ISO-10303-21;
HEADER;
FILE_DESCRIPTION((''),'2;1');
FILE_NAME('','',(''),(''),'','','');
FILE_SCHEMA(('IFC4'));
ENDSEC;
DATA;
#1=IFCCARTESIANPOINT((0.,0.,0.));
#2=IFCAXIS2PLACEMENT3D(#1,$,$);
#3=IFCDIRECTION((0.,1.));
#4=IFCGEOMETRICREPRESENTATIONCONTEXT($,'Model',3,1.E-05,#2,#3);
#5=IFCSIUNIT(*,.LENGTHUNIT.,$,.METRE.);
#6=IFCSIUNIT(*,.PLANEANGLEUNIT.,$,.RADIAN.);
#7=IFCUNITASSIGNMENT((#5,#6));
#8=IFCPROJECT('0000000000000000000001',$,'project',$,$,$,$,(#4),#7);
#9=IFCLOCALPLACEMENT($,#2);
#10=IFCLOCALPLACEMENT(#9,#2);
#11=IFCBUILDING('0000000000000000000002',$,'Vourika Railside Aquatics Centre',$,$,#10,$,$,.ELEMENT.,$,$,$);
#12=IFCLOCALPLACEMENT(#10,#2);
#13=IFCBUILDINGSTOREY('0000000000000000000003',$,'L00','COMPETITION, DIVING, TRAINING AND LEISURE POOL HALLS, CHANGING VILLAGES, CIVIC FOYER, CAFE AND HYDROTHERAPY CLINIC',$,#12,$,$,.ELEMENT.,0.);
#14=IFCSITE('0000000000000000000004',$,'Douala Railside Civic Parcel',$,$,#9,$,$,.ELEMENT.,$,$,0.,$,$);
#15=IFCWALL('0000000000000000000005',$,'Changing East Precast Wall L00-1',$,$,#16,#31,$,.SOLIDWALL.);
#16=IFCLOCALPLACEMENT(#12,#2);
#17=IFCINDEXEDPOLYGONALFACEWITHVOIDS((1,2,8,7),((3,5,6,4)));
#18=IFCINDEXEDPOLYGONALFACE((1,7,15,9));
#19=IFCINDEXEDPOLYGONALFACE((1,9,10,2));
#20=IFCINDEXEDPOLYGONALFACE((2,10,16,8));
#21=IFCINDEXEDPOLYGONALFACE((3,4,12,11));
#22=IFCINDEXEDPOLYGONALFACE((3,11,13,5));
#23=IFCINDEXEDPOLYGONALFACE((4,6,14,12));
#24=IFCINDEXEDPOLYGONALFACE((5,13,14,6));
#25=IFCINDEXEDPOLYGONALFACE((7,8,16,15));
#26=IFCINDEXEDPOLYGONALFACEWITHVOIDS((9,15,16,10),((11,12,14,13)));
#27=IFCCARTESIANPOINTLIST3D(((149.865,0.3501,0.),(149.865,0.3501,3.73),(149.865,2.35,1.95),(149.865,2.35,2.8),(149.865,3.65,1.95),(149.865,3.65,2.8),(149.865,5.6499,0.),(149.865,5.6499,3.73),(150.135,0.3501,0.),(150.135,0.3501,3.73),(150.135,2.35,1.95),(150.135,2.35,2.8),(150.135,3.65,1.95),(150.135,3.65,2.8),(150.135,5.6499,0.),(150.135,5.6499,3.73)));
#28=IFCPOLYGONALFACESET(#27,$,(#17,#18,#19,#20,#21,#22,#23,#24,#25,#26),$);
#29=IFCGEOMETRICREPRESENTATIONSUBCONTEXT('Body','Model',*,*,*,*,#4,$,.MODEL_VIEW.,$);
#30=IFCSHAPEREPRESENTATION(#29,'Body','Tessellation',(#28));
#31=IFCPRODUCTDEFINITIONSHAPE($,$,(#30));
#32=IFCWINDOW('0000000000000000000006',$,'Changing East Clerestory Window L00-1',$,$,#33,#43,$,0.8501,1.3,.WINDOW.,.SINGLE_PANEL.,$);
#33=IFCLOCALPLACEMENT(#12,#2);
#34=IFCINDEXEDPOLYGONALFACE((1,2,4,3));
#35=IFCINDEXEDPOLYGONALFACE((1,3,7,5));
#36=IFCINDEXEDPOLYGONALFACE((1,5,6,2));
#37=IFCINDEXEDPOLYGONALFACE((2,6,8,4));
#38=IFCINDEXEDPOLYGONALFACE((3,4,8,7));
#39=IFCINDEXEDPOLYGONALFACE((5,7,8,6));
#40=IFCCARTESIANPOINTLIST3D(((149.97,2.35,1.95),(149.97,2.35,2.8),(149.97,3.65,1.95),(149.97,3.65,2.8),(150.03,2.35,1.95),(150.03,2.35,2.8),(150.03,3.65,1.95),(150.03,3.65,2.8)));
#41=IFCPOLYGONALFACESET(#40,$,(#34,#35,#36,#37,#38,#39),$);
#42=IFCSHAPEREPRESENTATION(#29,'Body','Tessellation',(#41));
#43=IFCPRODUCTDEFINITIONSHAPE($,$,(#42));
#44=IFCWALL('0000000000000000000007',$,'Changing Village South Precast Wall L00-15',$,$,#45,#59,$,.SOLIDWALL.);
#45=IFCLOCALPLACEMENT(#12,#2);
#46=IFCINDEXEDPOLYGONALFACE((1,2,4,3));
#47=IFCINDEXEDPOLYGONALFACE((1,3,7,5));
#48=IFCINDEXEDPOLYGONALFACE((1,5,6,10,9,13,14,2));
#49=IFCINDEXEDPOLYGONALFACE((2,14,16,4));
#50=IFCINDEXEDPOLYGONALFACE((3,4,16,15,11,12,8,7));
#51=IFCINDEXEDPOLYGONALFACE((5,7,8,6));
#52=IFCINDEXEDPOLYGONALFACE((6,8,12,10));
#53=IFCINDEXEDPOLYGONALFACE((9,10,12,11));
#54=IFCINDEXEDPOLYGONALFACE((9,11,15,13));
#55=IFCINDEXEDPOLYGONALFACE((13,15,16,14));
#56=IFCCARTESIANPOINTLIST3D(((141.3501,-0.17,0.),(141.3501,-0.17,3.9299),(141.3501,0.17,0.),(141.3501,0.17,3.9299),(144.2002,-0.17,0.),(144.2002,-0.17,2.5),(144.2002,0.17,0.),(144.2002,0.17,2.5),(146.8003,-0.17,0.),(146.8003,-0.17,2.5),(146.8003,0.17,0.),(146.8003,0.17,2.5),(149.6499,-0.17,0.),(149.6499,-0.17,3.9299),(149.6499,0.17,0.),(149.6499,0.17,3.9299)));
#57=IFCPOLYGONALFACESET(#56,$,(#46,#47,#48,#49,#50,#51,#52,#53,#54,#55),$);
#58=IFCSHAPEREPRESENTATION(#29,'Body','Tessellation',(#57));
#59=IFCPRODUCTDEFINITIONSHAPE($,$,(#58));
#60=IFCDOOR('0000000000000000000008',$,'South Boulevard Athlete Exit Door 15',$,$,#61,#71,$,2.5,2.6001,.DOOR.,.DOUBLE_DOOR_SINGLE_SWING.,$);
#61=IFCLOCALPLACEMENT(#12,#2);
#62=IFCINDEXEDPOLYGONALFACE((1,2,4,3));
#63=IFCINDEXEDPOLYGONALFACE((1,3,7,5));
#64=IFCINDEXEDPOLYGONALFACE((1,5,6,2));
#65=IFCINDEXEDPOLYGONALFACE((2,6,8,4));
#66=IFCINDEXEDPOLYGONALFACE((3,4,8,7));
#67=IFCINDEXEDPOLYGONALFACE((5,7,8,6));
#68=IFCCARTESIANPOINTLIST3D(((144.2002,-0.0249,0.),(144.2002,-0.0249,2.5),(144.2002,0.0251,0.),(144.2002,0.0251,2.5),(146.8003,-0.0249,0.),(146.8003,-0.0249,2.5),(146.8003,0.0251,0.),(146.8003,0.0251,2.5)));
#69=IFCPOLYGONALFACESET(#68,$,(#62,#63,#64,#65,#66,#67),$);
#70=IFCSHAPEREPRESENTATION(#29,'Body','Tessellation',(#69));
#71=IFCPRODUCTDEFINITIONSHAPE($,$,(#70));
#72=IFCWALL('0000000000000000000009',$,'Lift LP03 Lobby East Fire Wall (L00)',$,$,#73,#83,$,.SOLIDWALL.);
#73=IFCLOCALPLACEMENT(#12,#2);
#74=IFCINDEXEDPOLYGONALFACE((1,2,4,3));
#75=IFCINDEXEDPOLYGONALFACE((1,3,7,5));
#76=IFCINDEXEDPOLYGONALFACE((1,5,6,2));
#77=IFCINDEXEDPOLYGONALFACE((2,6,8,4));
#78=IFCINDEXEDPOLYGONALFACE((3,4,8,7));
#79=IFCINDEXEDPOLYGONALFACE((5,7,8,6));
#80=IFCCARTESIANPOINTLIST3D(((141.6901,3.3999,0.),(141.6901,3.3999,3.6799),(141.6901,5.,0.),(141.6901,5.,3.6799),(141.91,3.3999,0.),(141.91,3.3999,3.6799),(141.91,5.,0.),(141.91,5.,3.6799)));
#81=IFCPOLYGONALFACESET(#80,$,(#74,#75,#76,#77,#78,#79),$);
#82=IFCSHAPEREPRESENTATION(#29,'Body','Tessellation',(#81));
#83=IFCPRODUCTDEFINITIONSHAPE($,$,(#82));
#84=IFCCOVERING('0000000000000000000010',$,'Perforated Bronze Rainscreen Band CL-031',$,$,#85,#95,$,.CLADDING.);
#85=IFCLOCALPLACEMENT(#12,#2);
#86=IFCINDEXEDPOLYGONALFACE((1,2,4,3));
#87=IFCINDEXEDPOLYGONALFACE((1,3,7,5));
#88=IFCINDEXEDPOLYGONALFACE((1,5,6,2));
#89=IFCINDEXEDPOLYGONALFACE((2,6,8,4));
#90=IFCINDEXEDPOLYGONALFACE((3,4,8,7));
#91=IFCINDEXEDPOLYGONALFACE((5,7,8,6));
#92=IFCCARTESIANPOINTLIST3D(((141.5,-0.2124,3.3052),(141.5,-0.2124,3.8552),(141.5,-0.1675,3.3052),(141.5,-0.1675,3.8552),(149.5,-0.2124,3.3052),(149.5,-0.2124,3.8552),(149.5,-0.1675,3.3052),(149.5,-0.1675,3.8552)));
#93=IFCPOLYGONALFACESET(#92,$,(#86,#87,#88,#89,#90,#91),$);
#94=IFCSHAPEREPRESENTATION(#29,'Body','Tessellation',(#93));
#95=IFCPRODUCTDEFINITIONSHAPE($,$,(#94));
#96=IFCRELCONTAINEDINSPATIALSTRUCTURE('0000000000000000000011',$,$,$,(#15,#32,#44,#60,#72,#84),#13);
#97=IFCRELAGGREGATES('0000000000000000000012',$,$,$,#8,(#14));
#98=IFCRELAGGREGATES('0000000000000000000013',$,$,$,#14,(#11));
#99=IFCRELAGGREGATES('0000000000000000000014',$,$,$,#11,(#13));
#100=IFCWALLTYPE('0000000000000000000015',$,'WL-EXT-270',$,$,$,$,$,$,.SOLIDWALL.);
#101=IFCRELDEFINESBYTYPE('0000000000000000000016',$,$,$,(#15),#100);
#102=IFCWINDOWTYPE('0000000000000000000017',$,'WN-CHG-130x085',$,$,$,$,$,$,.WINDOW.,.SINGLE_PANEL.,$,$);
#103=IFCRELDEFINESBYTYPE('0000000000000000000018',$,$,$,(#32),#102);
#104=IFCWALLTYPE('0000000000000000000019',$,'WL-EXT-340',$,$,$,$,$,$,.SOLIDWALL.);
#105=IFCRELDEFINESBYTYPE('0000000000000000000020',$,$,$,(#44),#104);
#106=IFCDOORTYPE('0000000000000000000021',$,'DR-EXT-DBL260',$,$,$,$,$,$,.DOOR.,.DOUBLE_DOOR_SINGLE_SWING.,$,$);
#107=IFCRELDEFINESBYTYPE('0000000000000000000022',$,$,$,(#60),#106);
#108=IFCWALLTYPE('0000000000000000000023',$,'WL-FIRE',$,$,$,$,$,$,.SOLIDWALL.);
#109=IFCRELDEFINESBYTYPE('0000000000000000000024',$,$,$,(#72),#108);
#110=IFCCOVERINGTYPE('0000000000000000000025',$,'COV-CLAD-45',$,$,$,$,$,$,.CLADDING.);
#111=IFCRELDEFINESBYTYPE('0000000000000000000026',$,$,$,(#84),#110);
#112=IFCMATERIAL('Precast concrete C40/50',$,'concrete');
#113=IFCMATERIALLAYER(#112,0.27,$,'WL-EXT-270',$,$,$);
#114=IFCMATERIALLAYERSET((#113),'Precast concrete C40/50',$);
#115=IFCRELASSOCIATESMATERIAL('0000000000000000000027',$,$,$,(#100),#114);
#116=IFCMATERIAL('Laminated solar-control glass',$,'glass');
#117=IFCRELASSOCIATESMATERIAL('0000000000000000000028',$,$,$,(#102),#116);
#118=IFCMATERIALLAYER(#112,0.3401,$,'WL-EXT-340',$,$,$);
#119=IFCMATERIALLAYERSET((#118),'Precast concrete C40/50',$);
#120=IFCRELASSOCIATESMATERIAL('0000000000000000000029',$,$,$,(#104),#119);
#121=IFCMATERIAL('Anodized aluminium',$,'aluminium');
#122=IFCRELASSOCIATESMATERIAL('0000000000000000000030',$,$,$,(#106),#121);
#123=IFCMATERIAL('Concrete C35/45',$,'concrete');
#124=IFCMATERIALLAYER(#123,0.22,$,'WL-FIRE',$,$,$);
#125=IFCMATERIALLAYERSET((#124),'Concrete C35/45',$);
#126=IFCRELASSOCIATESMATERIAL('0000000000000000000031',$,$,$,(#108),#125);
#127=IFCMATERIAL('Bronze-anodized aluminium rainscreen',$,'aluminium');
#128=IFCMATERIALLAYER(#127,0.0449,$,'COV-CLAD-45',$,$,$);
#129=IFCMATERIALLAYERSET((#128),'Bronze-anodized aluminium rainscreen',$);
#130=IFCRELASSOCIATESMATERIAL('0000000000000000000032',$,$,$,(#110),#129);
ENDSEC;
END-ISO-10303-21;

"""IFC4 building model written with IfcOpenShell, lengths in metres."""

from ifc_helpers import new_model, si_unit, direction, frame, frame_2d, origin, origin_2d, place, context, subcontext, project, spatial, rectangle, extrude, material, layer, layer_set, type_object, element, fill, save


model = new_model("IFC4")

# Units and contexts
model_context = context("Model", 3, precision=1e-05, world=origin(), true_north=direction((0.0, 1.0)))
body_context = subcontext(model_context, "Body", "Model", "MODEL_VIEW")
ifc_project = project(units=[si_unit("LENGTHUNIT", "METRE"), si_unit("PLANEANGLEUNIT", "RADIAN")], contexts=[model_context])

# Site, building, storey
site_placement = place(None, origin())
site = spatial("IfcSite", under=ifc_project, at=site_placement, Name="Douala Railside Civic Parcel", CompositionType="ELEMENT", RefElevation=0.0)
building_placement = place(site_placement, origin())
building = spatial("IfcBuilding", under=site, at=building_placement, Name="Vourika Railside Aquatics Centre", CompositionType="ELEMENT")
storey_placement = place(building_placement, origin())
storey = spatial("IfcBuildingStorey", under=building, at=storey_placement, Name="L00", Description="COMPETITION, DIVING, TRAINING AND LEISURE POOL HALLS, CHANGING VILLAGES, CIVIC FOYER, CAFE AND HYDROTHERAPY CLINIC", CompositionType="ELEMENT", Elevation=0.0)

# Shared definitions
ifc_material_1 = material(Name="Concrete C35/45", Category="concrete")

# Wall, opening, window
ifc_material_2 = material(Name="Precast concrete C40/50", Category="concrete")
ifc_layer_1 = layer(ifc_material_2, 0.27, Name="WL-EXT-270")
ifc_layer_set_1 = layer_set([ifc_layer_1], Name="Precast concrete C40/50")
wall_type_1 = type_object("IfcWallType", Name="WL-EXT-270", PredefinedType="SOLIDWALL", material=ifc_layer_set_1)
wall_1_placement = place(storey_placement, frame((150.0, 0.3501, 0.0), z_axis=(0.0, 0.0, 1.0), x_axis=(0.0, 1.0, 0.0)))
wall_1 = element("IfcWall", 1, at=wall_1_placement, inside=storey, type_object=wall_type_1, Name="Changing East Precast Wall L00-1", PredefinedType="SOLIDWALL", context=body_context, shape_type="SweptSolid", body=[
    extrude(rectangle(XDim=5.2998, YDim=0.27, at=frame_2d((2.6499, 0.0))), origin(), (0.0, 0.0, 1.0), 3.73),
])
opening_1_placement = place(wall_1_placement, frame((2.0, 0.0, 1.95)))
opening_1 = element("IfcOpeningElement", 2, at=opening_1_placement, cuts=wall_1, PredefinedType="OPENING", context=body_context, shape_type="SweptSolid", body=[
    extrude(rectangle(XDim=1.3, YDim=0.8501, at=frame_2d((0.6499, 0.425))), frame((0.0, 0.145, 0.0), z_axis=(0.0, -1.0, 0.0), x_axis=(1.0, 0.0, 0.0)), (0.0, 0.0, 1.0), 0.29),
])
ifc_material_3 = material(Name="Laminated solar-control glass", Category="glass")
window_type = type_object("IfcWindowType", Name="WN-CHG-130x085", PartitioningType="SINGLE_PANEL", PredefinedType="WINDOW", material=ifc_material_3)
window_placement = place(opening_1_placement, origin())
window = element("IfcWindow", 3, at=window_placement, inside=storey, type_object=window_type, Name="Changing East Clerestory Window L00-1", OverallHeight=0.8501, OverallWidth=1.3, PartitioningType="SINGLE_PANEL", PredefinedType="WINDOW", context=body_context, shape_type="SweptSolid", body=[
    extrude(rectangle(XDim=1.3, YDim=0.8501, at=frame_2d((0.6499, 0.425))), frame((0.0, 0.03, 0.0), z_axis=(0.0, -1.0, 0.0), x_axis=(1.0, 0.0, 0.0)), (0.0, 0.0, 1.0), 0.0601),
])
fill(opening_1, window)

# Wall, opening, door
ifc_layer_2 = layer(ifc_material_2, 0.3401, Name="WL-EXT-340")
ifc_layer_set_2 = layer_set([ifc_layer_2], Name="Precast concrete C40/50")
wall_type_2 = type_object("IfcWallType", Name="WL-EXT-340", PredefinedType="SOLIDWALL", material=ifc_layer_set_2)
wall_2_placement = place(storey_placement, frame((141.3501, 0.0, 0.0), z_axis=(0.0, 0.0, 1.0), x_axis=(1.0, 0.0, 0.0)))
wall_2 = element("IfcWall", 4, at=wall_2_placement, inside=storey, type_object=wall_type_2, Name="Changing Village South Precast Wall L00-15", PredefinedType="SOLIDWALL", context=body_context, shape_type="SweptSolid", body=[
    extrude(rectangle(XDim=8.2998, YDim=0.3401, at=frame_2d((4.1499, 0.0))), origin(), (0.0, 0.0, 1.0), 3.9299),
])
opening_2_placement = place(wall_2_placement, frame((2.8501, 0.0, 0.0)))
opening_2 = element("IfcOpeningElement", 5, at=opening_2_placement, cuts=wall_2, PredefinedType="OPENING", context=body_context, shape_type="SweptSolid", body=[
    extrude(rectangle(XDim=2.6001, YDim=2.5, at=frame_2d((1.3, 1.25))), frame((0.0, 0.1802, 0.0), z_axis=(0.0, -1.0, 0.0), x_axis=(1.0, 0.0, 0.0)), (0.0, 0.0, 1.0), 0.3601),
])
ifc_material_4 = material(Name="Anodized aluminium", Category="aluminium")
door_type_1 = type_object("IfcDoorType", Name="DR-EXT-DBL260", OperationType="DOUBLE_DOOR_SINGLE_SWING", PredefinedType="DOOR", material=ifc_material_4)
door_1_placement = place(opening_2_placement, frame((2.6001, 0.0, 0.0), z_axis=(0.0, 0.0, 1.0), x_axis=(-1.0, 0.0, 0.0)))
door_1 = element("IfcDoor", 6, at=door_1_placement, inside=storey, type_object=door_type_1, Name="South Boulevard Athlete Exit Door 15", OperationType="DOUBLE_DOOR_SINGLE_SWING", OverallHeight=2.5, OverallWidth=2.6001, PredefinedType="DOOR", context=body_context, shape_type="SweptSolid", body=[
    extrude(rectangle(XDim=2.6001, YDim=2.5, at=frame_2d((1.3, 1.25))), frame((0.0, 0.0249, 0.0), z_axis=(0.0, -1.0, 0.0), x_axis=(1.0, 0.0, 0.0)), (0.0, 0.0, 1.0), 0.05),
])
fill(opening_2, door_1)
ifc_layer_3 = layer(ifc_material_1, 0.22, Name="WL-FIRE")
ifc_layer_set_3 = layer_set([ifc_layer_3], Name="Concrete C35/45")
wall_type_3 = type_object("IfcWallType", Name="WL-FIRE", PredefinedType="SOLIDWALL", material=ifc_layer_set_3)

# Wall
wall_3_placement = place(storey_placement, frame((141.8, 3.3999, 0.0), z_axis=(0.0, 0.0, 1.0), x_axis=(0.0, 1.0, 0.0)))
element("IfcWall", 7, at=wall_3_placement, inside=storey, type_object=wall_type_3, Name="Lift LP03 Lobby East Fire Wall (L00)", PredefinedType="SOLIDWALL", context=body_context, shape_type="SweptSolid", body=[
    extrude(rectangle(XDim=1.6001, YDim=0.22, at=frame_2d((0.8, 0.0))), origin(), (0.0, 0.0, 1.0), 3.6799),
])

# Covering
ifc_material_5 = material(Name="Bronze-anodized aluminium rainscreen", Category="aluminium")
ifc_layer_4 = layer(ifc_material_5, 0.0449, Name="COV-CLAD-45")
ifc_layer_set_4 = layer_set([ifc_layer_4], Name="Bronze-anodized aluminium rainscreen")
covering_type = type_object("IfcCoveringType", Name="COV-CLAD-45", PredefinedType="CLADDING", material=ifc_layer_set_4)
covering_placement = place(storey_placement, frame((145.5, -0.1899, 3.3052), z_axis=(0.0, 0.0, 1.0), x_axis=(1.0, 0.0, 0.0)))
element("IfcCovering", 8, at=covering_placement, inside=storey, type_object=covering_type, Name="Perforated Bronze Rainscreen Band CL-031", PredefinedType="CLADDING", context=body_context, shape_type="SweptSolid", body=[
    extrude(rectangle(XDim=8.0, YDim=0.0449, at=origin_2d()), origin(), (0.0, 0.0, 1.0), 0.55),
])

save(model, "model.ifc")
